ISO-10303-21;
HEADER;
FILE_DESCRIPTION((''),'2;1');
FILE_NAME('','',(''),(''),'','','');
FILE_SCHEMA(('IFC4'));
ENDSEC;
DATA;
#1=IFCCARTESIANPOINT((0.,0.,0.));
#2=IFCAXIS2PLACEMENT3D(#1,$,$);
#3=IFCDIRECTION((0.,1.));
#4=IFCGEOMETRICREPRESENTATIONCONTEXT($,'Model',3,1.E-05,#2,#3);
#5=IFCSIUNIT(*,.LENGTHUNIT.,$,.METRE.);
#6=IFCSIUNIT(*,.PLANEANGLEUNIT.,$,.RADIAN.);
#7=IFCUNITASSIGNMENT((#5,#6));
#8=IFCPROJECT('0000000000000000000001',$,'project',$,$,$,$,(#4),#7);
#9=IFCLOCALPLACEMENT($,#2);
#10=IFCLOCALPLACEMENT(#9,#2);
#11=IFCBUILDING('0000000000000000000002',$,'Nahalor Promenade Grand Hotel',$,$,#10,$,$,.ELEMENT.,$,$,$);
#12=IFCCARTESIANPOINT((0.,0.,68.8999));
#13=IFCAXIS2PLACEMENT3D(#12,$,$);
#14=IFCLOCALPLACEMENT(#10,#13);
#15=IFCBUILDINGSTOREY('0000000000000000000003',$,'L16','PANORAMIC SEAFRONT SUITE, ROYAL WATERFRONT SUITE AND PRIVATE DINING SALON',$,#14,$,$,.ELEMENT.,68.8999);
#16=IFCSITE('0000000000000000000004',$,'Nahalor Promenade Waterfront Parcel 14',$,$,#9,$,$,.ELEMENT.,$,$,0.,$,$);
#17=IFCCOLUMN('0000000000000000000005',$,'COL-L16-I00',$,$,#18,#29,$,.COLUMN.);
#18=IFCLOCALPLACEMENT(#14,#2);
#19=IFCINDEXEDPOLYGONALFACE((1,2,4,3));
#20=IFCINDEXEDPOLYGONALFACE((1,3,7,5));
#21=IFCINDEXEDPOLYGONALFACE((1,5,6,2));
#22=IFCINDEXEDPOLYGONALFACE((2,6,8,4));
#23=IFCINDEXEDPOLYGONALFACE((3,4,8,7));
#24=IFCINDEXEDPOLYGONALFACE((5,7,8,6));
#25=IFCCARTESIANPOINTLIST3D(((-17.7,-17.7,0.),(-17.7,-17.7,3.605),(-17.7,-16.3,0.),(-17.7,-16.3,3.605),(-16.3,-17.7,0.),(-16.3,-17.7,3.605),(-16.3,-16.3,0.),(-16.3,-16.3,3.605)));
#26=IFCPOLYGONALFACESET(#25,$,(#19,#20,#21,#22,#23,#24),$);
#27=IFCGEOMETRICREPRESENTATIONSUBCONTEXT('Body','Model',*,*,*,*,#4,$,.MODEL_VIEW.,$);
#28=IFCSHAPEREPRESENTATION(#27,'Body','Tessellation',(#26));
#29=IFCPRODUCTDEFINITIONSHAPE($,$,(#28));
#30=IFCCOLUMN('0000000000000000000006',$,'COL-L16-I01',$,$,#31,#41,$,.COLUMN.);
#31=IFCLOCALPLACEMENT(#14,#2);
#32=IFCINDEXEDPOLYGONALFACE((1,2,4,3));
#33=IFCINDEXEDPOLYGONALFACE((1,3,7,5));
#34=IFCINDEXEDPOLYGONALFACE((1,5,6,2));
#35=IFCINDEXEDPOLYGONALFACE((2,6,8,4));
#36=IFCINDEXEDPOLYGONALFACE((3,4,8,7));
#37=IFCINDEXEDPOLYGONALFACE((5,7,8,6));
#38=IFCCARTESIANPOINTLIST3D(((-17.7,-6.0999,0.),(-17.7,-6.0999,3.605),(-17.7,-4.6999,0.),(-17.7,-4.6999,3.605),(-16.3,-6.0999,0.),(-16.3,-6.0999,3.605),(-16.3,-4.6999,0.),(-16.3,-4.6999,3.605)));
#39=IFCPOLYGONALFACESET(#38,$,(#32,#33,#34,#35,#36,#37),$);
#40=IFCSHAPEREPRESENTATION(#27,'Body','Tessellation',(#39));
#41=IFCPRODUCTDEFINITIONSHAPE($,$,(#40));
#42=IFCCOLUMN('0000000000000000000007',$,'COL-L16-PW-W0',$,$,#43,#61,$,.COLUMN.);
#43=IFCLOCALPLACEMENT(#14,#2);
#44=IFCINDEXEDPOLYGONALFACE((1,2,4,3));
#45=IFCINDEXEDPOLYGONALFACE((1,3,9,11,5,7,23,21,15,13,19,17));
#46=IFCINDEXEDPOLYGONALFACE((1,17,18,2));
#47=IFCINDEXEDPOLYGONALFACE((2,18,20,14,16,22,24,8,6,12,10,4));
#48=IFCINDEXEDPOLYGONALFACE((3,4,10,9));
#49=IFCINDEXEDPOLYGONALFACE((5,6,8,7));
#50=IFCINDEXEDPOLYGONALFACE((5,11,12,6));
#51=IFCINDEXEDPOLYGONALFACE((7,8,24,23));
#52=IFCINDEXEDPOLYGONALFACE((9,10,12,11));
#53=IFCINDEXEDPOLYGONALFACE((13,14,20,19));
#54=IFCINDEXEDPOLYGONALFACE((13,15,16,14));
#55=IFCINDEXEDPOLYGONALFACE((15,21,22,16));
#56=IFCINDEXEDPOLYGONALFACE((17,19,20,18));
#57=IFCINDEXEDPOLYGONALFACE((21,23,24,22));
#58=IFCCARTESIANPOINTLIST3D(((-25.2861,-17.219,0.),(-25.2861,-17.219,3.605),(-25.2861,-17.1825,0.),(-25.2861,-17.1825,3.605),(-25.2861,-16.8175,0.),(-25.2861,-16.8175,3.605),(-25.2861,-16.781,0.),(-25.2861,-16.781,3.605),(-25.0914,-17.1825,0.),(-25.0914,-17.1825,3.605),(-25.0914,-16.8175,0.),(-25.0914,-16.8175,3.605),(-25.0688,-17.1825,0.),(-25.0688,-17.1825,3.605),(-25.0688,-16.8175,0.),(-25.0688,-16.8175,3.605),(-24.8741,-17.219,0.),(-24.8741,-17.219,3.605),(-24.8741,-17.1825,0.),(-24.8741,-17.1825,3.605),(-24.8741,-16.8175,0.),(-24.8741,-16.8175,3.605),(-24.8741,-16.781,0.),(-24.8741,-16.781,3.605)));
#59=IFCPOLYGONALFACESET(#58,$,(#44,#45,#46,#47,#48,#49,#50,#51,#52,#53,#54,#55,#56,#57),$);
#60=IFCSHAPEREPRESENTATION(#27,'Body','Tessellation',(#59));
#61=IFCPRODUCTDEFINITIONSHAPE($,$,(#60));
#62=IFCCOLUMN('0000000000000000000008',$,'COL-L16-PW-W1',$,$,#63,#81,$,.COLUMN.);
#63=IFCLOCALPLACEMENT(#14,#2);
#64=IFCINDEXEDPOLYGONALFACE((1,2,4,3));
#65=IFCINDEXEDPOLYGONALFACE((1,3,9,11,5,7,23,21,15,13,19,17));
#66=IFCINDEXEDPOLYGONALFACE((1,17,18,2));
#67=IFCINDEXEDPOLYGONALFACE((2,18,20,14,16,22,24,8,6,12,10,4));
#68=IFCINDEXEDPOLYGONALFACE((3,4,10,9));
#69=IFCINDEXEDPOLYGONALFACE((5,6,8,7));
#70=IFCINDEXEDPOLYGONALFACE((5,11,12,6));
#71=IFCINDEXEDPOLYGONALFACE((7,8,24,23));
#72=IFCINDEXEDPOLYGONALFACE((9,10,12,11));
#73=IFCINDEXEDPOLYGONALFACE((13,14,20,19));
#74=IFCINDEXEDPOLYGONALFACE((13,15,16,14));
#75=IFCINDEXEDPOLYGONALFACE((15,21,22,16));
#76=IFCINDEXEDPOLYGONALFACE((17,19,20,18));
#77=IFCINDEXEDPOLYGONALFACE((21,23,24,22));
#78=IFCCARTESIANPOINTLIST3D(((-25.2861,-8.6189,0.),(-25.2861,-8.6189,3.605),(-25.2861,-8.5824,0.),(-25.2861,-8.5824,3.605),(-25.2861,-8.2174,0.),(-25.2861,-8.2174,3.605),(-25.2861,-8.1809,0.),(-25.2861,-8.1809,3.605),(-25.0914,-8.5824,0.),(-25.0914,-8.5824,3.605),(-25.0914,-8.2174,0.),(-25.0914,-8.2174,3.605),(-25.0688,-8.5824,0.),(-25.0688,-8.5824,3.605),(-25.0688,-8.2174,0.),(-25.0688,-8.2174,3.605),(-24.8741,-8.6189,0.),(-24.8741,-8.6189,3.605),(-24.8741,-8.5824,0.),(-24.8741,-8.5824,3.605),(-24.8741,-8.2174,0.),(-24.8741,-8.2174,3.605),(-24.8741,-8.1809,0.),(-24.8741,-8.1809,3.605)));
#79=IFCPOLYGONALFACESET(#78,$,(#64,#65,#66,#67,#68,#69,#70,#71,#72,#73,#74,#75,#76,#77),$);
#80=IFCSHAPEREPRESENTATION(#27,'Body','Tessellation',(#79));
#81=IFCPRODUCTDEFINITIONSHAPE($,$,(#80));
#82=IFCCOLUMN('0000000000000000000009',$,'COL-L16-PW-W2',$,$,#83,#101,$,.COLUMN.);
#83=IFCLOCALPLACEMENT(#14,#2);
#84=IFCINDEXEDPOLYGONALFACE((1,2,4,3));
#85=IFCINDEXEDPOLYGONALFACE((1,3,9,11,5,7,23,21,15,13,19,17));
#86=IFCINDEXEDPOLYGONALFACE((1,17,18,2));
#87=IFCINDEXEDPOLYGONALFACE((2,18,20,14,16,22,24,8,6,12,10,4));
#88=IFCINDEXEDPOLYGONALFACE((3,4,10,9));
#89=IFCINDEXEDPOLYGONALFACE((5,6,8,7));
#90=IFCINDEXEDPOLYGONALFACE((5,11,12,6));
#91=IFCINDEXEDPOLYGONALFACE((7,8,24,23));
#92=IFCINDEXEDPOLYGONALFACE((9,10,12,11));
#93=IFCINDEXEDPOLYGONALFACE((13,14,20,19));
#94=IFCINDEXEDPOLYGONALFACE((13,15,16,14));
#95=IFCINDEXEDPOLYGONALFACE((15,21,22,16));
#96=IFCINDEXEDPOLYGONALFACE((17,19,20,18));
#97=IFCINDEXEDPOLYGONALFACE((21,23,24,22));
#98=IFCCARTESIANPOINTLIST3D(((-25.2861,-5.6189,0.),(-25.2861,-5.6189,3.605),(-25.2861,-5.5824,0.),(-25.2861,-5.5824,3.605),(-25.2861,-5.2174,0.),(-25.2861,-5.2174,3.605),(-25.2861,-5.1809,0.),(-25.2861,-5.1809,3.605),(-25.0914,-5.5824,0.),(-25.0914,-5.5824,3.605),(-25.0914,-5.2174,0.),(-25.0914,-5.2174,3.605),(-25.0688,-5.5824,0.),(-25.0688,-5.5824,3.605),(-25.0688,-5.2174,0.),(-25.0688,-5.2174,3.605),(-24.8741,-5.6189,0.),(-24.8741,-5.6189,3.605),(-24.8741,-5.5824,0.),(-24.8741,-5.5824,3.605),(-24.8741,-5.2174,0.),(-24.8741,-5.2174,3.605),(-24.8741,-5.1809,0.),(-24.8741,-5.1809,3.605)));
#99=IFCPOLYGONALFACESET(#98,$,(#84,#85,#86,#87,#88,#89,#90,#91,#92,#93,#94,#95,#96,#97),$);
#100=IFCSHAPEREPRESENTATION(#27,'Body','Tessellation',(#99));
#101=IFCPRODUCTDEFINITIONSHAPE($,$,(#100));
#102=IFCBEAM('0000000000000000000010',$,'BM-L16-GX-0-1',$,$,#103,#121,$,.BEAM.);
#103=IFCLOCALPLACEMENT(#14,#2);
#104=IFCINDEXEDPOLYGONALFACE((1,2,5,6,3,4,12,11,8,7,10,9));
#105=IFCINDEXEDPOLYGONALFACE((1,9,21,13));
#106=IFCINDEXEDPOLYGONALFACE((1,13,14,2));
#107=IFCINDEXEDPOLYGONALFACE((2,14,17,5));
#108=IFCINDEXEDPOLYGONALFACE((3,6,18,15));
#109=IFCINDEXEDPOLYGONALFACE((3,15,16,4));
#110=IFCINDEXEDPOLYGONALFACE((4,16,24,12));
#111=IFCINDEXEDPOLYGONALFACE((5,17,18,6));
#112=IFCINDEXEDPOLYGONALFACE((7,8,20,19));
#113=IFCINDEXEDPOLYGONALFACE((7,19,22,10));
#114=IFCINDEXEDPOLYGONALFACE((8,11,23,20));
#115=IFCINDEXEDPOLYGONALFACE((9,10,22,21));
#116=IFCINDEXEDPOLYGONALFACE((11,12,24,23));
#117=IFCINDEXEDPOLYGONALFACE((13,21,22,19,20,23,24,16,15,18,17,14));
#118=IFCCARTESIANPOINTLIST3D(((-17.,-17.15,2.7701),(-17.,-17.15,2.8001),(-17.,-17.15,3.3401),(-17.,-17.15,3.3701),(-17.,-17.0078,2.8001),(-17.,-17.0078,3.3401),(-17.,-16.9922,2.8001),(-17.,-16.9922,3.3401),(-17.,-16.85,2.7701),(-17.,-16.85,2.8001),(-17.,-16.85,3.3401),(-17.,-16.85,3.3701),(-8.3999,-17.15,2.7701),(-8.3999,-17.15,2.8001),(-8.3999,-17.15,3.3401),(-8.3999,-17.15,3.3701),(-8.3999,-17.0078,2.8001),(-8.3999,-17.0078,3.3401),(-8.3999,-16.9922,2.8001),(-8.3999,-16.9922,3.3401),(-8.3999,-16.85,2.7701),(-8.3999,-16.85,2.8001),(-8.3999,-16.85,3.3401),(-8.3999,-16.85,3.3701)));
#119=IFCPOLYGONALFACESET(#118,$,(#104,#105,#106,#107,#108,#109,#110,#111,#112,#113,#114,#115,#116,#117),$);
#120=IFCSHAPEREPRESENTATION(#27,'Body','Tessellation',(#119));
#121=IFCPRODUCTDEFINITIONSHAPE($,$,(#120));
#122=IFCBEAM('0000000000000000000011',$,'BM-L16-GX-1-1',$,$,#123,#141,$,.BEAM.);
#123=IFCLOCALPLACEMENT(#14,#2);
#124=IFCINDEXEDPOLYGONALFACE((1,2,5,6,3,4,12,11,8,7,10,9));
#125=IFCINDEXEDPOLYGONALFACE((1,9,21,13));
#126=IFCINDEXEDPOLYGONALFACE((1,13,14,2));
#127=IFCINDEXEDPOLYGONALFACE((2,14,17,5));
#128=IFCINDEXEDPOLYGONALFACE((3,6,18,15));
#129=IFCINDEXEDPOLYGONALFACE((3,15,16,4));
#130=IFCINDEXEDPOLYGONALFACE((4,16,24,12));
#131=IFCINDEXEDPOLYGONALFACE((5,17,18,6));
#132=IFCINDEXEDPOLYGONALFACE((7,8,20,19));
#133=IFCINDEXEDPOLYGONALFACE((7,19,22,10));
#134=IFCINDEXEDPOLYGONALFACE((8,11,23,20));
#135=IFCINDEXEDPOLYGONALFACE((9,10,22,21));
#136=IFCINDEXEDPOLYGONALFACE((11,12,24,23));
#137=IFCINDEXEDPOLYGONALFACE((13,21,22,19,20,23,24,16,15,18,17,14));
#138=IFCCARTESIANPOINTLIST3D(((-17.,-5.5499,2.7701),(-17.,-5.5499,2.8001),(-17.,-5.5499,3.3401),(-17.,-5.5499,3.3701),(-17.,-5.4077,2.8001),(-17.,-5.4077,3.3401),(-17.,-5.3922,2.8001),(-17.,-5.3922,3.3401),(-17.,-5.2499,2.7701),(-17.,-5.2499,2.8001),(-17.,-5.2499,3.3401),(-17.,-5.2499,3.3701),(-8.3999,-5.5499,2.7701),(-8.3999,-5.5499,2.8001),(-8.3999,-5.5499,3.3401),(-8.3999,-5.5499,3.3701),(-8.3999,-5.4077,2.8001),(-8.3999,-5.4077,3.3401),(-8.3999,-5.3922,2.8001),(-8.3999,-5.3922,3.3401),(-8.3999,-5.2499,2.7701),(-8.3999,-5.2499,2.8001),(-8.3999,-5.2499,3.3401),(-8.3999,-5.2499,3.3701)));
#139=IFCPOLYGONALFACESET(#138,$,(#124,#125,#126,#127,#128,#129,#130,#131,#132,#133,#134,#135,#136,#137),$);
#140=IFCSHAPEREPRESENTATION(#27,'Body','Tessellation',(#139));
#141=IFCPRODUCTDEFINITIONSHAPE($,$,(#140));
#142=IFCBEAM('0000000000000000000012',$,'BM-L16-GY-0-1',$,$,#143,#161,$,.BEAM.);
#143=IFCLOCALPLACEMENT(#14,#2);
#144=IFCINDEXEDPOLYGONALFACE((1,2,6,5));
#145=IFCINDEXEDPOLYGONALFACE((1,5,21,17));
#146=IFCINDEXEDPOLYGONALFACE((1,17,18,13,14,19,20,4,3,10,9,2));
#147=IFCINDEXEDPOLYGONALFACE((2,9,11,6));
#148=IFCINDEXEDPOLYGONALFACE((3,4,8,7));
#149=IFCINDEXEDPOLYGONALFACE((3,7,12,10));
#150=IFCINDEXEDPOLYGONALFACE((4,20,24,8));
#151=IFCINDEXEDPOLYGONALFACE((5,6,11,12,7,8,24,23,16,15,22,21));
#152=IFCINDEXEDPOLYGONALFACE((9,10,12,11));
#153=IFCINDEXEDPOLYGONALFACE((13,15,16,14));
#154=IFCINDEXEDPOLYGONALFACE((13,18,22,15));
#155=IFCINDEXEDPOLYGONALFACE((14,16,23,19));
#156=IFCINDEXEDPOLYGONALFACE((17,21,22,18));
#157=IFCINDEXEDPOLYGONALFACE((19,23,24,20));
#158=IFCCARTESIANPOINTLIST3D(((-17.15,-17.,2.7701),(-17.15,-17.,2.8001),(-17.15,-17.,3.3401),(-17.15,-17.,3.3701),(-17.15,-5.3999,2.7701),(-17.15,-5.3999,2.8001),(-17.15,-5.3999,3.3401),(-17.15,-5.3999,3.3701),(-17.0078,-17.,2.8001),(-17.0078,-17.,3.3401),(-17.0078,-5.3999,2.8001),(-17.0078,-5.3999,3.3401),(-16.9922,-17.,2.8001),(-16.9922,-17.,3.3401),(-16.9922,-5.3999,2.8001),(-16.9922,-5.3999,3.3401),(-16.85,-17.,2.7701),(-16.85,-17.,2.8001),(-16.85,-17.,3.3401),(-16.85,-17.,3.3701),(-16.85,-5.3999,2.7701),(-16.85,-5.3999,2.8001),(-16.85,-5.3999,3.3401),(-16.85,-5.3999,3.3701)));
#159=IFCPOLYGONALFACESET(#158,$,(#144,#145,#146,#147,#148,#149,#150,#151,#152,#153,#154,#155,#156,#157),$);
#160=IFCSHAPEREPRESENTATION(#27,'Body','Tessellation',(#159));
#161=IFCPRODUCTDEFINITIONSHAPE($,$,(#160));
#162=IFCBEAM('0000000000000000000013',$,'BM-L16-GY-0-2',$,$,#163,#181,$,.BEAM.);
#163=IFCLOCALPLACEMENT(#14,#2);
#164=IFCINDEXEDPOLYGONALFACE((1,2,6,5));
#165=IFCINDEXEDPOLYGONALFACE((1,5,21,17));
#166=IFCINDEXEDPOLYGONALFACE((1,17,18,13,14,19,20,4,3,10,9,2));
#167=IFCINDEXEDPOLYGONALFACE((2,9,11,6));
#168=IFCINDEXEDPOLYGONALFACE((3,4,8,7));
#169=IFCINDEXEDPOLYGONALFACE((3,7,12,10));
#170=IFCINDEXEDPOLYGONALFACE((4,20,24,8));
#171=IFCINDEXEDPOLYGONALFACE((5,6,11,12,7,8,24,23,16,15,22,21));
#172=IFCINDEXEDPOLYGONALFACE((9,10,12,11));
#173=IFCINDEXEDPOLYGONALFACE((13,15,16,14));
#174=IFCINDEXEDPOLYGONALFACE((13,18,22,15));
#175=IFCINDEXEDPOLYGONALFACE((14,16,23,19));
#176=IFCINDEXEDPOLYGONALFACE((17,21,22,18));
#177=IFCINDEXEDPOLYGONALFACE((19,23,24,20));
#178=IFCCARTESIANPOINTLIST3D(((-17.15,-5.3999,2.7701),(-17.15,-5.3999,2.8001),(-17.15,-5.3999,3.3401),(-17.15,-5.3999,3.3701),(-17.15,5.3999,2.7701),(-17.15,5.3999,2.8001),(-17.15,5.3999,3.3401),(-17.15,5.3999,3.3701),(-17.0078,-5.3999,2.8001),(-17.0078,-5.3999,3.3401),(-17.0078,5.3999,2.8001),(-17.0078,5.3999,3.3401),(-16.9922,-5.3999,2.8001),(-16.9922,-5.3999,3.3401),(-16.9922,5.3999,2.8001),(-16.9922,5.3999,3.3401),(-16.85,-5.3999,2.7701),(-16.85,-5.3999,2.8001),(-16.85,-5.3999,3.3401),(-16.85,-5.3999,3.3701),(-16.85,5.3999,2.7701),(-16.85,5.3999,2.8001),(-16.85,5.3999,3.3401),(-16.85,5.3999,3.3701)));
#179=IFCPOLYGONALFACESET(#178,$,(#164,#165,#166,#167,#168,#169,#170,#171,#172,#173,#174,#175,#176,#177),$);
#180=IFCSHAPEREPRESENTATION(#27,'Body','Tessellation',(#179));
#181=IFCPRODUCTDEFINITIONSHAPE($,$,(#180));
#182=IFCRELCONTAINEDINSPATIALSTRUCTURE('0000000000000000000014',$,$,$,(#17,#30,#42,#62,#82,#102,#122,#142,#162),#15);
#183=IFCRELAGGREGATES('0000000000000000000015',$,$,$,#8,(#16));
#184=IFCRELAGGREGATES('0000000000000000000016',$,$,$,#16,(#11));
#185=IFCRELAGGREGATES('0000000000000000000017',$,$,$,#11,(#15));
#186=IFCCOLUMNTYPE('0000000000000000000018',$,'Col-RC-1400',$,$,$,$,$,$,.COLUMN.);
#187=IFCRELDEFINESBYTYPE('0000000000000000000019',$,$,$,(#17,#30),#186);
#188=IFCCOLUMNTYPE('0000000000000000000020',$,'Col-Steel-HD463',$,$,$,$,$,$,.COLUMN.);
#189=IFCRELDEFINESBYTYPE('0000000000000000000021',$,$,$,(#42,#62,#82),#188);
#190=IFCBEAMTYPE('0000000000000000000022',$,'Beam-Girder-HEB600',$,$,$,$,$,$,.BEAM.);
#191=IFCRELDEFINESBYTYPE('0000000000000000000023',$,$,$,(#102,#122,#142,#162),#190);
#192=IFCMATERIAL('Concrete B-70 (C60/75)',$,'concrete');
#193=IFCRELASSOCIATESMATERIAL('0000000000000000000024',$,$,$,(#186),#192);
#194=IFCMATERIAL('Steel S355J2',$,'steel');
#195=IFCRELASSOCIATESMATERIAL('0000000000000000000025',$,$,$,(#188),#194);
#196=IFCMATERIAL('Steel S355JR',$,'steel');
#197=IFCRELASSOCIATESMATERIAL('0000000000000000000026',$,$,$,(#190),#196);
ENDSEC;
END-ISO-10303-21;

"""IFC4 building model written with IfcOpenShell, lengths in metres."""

from ifc_helpers import new_model, si_unit, direction, frame, origin, origin_2d, place, context, subcontext, project, spatial, rectangle, i_section, extrude, source, transform, mapped, material, material_profile, profile_set, type_object, element, save


model = new_model("IFC4")

# Units and contexts
model_context = context("Model", 3, precision=1e-05, world=origin(), true_north=direction((0.0, 1.0)))
body_context = subcontext(model_context, "Body", "Model", "MODEL_VIEW")
ifc_project = project(units=[si_unit("LENGTHUNIT", "METRE"), si_unit("PLANEANGLEUNIT", "RADIAN")], contexts=[model_context])

# Site, building, storey
site_placement = place(None, origin())
site = spatial("IfcSite", under=ifc_project, at=site_placement, Name="Nahalor Promenade Waterfront Parcel 14", CompositionType="ELEMENT", RefElevation=0.0)
building_placement = place(site_placement, origin())
building = spatial("IfcBuilding", under=site, at=building_placement, Name="Nahalor Promenade Grand Hotel", CompositionType="ELEMENT")
storey_placement = place(building_placement, frame((0.0, 0.0, 68.8999)))
storey = spatial("IfcBuildingStorey", under=building, at=storey_placement, Name="L16", Description="PANORAMIC SEAFRONT SUITE, ROYAL WATERFRONT SUITE AND PRIVATE DINING SALON", CompositionType="ELEMENT", Elevation=68.8999)

# Columns
ifc_material_1 = material(Name="Concrete B-70 (C60/75)", Category="concrete")
ifc_material_profile_1 = material_profile(ifc_material_1, rectangle(XDim=1.4, YDim=1.4, at=origin_2d()), Name="RC 1400x1400")
ifc_profile_set_1 = profile_set([ifc_material_profile_1], Name="Concrete B-70 (C60/75)")
column_type_1 = type_object("IfcColumnType", Name="Col-RC-1400", PredefinedType="COLUMN", material=ifc_profile_set_1)
shared_shape_1 = source(origin(), body_context, "Body", "SweptSolid", [
    extrude(rectangle(XDim=1.4, YDim=1.4, at=origin_2d()), origin(), (0.0, 0.0, 1.0), 3.605),
])
for number, where, z_axis, x_axis, name in (
    (1, (-17.0, -17.0, 0.0), (0.0, 0.0, 1.0), (1.0, 0.0, 0.0), "COL-L16-I00"),
    (2, (-17.0, -5.3999, 0.0), (0.0, 0.0, 1.0), (1.0, 0.0, 0.0), "COL-L16-I01"),
):
    element("IfcColumn", number, at=place(storey_placement, frame(where, z_axis=z_axis, x_axis=x_axis)), inside=storey, type_object=column_type_1, Name=name, PredefinedType="COLUMN", context=body_context, shape_type="MappedRepresentation", body=[
        mapped(shared_shape_1, transform((0.0, 0.0, 0.0), scale=1.0)),
    ])
ifc_material_2 = material(Name="Steel S355J2", Category="steel")
ifc_material_profile_2 = material_profile(ifc_material_2, i_section(OverallWidth=0.412, OverallDepth=0.438, WebThickness=0.0226, FlangeThickness=0.0365, at=origin_2d()), Name="HD 400x463")
ifc_profile_set_2 = profile_set([ifc_material_profile_2], Name="Steel S355J2")
column_type_2 = type_object("IfcColumnType", Name="Col-Steel-HD463", PredefinedType="COLUMN", material=ifc_profile_set_2)
shared_shape_2 = source(origin(), body_context, "Body", "SweptSolid", [
    extrude(i_section(OverallWidth=0.412, OverallDepth=0.438, WebThickness=0.0226, FlangeThickness=0.0365, at=origin_2d()), origin(), (0.0, 0.0, 1.0), 3.605),
])
for number, where, z_axis, x_axis, name in (
    (3, (-25.0801, -17.0, 0.0), (0.0, 0.0, 1.0), (1.0, 0.0, 0.0), "COL-L16-PW-W0"),
    (4, (-25.0801, -8.3999, 0.0), (0.0, 0.0, 1.0), (1.0, 0.0, 0.0), "COL-L16-PW-W1"),
    (5, (-25.0801, -5.3999, 0.0), (0.0, 0.0, 1.0), (1.0, 0.0, 0.0), "COL-L16-PW-W2"),
):
    element("IfcColumn", number, at=place(storey_placement, frame(where, z_axis=z_axis, x_axis=x_axis)), inside=storey, type_object=column_type_2, Name=name, PredefinedType="COLUMN", context=body_context, shape_type="MappedRepresentation", body=[
        mapped(shared_shape_2, transform((0.0, 0.0, 0.0), scale=1.0)),
    ])

# Beams
ifc_material_3 = material(Name="Steel S355JR", Category="steel")
ifc_material_profile_3 = material_profile(ifc_material_3, i_section(OverallWidth=0.3, OverallDepth=0.6, WebThickness=0.0155, FlangeThickness=0.03, at=origin_2d()), Name="HEB 600")
ifc_profile_set_3 = profile_set([ifc_material_profile_3], Name="Steel S355JR")
beam_type_1 = type_object("IfcBeamType", Name="Beam-Girder-HEB600", PredefinedType="BEAM", material=ifc_profile_set_3)
shared_shape_3 = source(origin(), body_context, "Body", "SweptSolid", [
    extrude(i_section(OverallWidth=0.3, OverallDepth=0.6, WebThickness=0.0155, FlangeThickness=0.03, at=origin_2d()), origin(), (0.0, 0.0, 1.0), 8.6001),
])
for number, where, z_axis, x_axis, name in (
    (6, (-17.0, -17.0, 3.0701), (1.0, 0.0, 0.0), (0.0, 1.0, 0.0), "BM-L16-GX-0-1"),
    (7, (-17.0, -5.3999, 3.0701), (1.0, 0.0, 0.0), (0.0, 1.0, 0.0), "BM-L16-GX-1-1"),
):
    element("IfcBeam", number, at=place(storey_placement, frame(where, z_axis=z_axis, x_axis=x_axis)), inside=storey, type_object=beam_type_1, Name=name, PredefinedType="BEAM", context=body_context, shape_type="MappedRepresentation", body=[
        mapped(shared_shape_3, transform((0.0, 0.0, 0.0), scale=1.0)),
    ])
shared_shape_4 = source(origin(), body_context, "Body", "SweptSolid", [
    extrude(i_section(OverallWidth=0.3, OverallDepth=0.6, WebThickness=0.0155, FlangeThickness=0.03, at=origin_2d()), origin(), (0.0, 0.0, 1.0), 11.6001),
])
beam_1_placement = place(storey_placement, frame((-17.0, -17.0, 3.0701), z_axis=(0.0, 1.0, 0.0), x_axis=(-1.0, 0.0, 0.0)))
element("IfcBeam", 8, at=beam_1_placement, inside=storey, type_object=beam_type_1, Name="BM-L16-GY-0-1", PredefinedType="BEAM", context=body_context, shape_type="MappedRepresentation", body=[
    mapped(shared_shape_4, transform((0.0, 0.0, 0.0), scale=1.0)),
])
shared_shape_5 = source(origin(), body_context, "Body", "SweptSolid", [
    extrude(i_section(OverallWidth=0.3, OverallDepth=0.6, WebThickness=0.0155, FlangeThickness=0.03, at=origin_2d()), origin(), (0.0, 0.0, 1.0), 10.7998),
])
beam_2_placement = place(storey_placement, frame((-17.0, -5.3999, 3.0701), z_axis=(0.0, 1.0, 0.0), x_axis=(-1.0, 0.0, 0.0)))
element("IfcBeam", 9, at=beam_2_placement, inside=storey, type_object=beam_type_1, Name="BM-L16-GY-0-2", PredefinedType="BEAM", context=body_context, shape_type="MappedRepresentation", body=[
    mapped(shared_shape_5, transform((0.0, 0.0, 0.0), scale=1.0)),
])

save(model, "model.ifc")
